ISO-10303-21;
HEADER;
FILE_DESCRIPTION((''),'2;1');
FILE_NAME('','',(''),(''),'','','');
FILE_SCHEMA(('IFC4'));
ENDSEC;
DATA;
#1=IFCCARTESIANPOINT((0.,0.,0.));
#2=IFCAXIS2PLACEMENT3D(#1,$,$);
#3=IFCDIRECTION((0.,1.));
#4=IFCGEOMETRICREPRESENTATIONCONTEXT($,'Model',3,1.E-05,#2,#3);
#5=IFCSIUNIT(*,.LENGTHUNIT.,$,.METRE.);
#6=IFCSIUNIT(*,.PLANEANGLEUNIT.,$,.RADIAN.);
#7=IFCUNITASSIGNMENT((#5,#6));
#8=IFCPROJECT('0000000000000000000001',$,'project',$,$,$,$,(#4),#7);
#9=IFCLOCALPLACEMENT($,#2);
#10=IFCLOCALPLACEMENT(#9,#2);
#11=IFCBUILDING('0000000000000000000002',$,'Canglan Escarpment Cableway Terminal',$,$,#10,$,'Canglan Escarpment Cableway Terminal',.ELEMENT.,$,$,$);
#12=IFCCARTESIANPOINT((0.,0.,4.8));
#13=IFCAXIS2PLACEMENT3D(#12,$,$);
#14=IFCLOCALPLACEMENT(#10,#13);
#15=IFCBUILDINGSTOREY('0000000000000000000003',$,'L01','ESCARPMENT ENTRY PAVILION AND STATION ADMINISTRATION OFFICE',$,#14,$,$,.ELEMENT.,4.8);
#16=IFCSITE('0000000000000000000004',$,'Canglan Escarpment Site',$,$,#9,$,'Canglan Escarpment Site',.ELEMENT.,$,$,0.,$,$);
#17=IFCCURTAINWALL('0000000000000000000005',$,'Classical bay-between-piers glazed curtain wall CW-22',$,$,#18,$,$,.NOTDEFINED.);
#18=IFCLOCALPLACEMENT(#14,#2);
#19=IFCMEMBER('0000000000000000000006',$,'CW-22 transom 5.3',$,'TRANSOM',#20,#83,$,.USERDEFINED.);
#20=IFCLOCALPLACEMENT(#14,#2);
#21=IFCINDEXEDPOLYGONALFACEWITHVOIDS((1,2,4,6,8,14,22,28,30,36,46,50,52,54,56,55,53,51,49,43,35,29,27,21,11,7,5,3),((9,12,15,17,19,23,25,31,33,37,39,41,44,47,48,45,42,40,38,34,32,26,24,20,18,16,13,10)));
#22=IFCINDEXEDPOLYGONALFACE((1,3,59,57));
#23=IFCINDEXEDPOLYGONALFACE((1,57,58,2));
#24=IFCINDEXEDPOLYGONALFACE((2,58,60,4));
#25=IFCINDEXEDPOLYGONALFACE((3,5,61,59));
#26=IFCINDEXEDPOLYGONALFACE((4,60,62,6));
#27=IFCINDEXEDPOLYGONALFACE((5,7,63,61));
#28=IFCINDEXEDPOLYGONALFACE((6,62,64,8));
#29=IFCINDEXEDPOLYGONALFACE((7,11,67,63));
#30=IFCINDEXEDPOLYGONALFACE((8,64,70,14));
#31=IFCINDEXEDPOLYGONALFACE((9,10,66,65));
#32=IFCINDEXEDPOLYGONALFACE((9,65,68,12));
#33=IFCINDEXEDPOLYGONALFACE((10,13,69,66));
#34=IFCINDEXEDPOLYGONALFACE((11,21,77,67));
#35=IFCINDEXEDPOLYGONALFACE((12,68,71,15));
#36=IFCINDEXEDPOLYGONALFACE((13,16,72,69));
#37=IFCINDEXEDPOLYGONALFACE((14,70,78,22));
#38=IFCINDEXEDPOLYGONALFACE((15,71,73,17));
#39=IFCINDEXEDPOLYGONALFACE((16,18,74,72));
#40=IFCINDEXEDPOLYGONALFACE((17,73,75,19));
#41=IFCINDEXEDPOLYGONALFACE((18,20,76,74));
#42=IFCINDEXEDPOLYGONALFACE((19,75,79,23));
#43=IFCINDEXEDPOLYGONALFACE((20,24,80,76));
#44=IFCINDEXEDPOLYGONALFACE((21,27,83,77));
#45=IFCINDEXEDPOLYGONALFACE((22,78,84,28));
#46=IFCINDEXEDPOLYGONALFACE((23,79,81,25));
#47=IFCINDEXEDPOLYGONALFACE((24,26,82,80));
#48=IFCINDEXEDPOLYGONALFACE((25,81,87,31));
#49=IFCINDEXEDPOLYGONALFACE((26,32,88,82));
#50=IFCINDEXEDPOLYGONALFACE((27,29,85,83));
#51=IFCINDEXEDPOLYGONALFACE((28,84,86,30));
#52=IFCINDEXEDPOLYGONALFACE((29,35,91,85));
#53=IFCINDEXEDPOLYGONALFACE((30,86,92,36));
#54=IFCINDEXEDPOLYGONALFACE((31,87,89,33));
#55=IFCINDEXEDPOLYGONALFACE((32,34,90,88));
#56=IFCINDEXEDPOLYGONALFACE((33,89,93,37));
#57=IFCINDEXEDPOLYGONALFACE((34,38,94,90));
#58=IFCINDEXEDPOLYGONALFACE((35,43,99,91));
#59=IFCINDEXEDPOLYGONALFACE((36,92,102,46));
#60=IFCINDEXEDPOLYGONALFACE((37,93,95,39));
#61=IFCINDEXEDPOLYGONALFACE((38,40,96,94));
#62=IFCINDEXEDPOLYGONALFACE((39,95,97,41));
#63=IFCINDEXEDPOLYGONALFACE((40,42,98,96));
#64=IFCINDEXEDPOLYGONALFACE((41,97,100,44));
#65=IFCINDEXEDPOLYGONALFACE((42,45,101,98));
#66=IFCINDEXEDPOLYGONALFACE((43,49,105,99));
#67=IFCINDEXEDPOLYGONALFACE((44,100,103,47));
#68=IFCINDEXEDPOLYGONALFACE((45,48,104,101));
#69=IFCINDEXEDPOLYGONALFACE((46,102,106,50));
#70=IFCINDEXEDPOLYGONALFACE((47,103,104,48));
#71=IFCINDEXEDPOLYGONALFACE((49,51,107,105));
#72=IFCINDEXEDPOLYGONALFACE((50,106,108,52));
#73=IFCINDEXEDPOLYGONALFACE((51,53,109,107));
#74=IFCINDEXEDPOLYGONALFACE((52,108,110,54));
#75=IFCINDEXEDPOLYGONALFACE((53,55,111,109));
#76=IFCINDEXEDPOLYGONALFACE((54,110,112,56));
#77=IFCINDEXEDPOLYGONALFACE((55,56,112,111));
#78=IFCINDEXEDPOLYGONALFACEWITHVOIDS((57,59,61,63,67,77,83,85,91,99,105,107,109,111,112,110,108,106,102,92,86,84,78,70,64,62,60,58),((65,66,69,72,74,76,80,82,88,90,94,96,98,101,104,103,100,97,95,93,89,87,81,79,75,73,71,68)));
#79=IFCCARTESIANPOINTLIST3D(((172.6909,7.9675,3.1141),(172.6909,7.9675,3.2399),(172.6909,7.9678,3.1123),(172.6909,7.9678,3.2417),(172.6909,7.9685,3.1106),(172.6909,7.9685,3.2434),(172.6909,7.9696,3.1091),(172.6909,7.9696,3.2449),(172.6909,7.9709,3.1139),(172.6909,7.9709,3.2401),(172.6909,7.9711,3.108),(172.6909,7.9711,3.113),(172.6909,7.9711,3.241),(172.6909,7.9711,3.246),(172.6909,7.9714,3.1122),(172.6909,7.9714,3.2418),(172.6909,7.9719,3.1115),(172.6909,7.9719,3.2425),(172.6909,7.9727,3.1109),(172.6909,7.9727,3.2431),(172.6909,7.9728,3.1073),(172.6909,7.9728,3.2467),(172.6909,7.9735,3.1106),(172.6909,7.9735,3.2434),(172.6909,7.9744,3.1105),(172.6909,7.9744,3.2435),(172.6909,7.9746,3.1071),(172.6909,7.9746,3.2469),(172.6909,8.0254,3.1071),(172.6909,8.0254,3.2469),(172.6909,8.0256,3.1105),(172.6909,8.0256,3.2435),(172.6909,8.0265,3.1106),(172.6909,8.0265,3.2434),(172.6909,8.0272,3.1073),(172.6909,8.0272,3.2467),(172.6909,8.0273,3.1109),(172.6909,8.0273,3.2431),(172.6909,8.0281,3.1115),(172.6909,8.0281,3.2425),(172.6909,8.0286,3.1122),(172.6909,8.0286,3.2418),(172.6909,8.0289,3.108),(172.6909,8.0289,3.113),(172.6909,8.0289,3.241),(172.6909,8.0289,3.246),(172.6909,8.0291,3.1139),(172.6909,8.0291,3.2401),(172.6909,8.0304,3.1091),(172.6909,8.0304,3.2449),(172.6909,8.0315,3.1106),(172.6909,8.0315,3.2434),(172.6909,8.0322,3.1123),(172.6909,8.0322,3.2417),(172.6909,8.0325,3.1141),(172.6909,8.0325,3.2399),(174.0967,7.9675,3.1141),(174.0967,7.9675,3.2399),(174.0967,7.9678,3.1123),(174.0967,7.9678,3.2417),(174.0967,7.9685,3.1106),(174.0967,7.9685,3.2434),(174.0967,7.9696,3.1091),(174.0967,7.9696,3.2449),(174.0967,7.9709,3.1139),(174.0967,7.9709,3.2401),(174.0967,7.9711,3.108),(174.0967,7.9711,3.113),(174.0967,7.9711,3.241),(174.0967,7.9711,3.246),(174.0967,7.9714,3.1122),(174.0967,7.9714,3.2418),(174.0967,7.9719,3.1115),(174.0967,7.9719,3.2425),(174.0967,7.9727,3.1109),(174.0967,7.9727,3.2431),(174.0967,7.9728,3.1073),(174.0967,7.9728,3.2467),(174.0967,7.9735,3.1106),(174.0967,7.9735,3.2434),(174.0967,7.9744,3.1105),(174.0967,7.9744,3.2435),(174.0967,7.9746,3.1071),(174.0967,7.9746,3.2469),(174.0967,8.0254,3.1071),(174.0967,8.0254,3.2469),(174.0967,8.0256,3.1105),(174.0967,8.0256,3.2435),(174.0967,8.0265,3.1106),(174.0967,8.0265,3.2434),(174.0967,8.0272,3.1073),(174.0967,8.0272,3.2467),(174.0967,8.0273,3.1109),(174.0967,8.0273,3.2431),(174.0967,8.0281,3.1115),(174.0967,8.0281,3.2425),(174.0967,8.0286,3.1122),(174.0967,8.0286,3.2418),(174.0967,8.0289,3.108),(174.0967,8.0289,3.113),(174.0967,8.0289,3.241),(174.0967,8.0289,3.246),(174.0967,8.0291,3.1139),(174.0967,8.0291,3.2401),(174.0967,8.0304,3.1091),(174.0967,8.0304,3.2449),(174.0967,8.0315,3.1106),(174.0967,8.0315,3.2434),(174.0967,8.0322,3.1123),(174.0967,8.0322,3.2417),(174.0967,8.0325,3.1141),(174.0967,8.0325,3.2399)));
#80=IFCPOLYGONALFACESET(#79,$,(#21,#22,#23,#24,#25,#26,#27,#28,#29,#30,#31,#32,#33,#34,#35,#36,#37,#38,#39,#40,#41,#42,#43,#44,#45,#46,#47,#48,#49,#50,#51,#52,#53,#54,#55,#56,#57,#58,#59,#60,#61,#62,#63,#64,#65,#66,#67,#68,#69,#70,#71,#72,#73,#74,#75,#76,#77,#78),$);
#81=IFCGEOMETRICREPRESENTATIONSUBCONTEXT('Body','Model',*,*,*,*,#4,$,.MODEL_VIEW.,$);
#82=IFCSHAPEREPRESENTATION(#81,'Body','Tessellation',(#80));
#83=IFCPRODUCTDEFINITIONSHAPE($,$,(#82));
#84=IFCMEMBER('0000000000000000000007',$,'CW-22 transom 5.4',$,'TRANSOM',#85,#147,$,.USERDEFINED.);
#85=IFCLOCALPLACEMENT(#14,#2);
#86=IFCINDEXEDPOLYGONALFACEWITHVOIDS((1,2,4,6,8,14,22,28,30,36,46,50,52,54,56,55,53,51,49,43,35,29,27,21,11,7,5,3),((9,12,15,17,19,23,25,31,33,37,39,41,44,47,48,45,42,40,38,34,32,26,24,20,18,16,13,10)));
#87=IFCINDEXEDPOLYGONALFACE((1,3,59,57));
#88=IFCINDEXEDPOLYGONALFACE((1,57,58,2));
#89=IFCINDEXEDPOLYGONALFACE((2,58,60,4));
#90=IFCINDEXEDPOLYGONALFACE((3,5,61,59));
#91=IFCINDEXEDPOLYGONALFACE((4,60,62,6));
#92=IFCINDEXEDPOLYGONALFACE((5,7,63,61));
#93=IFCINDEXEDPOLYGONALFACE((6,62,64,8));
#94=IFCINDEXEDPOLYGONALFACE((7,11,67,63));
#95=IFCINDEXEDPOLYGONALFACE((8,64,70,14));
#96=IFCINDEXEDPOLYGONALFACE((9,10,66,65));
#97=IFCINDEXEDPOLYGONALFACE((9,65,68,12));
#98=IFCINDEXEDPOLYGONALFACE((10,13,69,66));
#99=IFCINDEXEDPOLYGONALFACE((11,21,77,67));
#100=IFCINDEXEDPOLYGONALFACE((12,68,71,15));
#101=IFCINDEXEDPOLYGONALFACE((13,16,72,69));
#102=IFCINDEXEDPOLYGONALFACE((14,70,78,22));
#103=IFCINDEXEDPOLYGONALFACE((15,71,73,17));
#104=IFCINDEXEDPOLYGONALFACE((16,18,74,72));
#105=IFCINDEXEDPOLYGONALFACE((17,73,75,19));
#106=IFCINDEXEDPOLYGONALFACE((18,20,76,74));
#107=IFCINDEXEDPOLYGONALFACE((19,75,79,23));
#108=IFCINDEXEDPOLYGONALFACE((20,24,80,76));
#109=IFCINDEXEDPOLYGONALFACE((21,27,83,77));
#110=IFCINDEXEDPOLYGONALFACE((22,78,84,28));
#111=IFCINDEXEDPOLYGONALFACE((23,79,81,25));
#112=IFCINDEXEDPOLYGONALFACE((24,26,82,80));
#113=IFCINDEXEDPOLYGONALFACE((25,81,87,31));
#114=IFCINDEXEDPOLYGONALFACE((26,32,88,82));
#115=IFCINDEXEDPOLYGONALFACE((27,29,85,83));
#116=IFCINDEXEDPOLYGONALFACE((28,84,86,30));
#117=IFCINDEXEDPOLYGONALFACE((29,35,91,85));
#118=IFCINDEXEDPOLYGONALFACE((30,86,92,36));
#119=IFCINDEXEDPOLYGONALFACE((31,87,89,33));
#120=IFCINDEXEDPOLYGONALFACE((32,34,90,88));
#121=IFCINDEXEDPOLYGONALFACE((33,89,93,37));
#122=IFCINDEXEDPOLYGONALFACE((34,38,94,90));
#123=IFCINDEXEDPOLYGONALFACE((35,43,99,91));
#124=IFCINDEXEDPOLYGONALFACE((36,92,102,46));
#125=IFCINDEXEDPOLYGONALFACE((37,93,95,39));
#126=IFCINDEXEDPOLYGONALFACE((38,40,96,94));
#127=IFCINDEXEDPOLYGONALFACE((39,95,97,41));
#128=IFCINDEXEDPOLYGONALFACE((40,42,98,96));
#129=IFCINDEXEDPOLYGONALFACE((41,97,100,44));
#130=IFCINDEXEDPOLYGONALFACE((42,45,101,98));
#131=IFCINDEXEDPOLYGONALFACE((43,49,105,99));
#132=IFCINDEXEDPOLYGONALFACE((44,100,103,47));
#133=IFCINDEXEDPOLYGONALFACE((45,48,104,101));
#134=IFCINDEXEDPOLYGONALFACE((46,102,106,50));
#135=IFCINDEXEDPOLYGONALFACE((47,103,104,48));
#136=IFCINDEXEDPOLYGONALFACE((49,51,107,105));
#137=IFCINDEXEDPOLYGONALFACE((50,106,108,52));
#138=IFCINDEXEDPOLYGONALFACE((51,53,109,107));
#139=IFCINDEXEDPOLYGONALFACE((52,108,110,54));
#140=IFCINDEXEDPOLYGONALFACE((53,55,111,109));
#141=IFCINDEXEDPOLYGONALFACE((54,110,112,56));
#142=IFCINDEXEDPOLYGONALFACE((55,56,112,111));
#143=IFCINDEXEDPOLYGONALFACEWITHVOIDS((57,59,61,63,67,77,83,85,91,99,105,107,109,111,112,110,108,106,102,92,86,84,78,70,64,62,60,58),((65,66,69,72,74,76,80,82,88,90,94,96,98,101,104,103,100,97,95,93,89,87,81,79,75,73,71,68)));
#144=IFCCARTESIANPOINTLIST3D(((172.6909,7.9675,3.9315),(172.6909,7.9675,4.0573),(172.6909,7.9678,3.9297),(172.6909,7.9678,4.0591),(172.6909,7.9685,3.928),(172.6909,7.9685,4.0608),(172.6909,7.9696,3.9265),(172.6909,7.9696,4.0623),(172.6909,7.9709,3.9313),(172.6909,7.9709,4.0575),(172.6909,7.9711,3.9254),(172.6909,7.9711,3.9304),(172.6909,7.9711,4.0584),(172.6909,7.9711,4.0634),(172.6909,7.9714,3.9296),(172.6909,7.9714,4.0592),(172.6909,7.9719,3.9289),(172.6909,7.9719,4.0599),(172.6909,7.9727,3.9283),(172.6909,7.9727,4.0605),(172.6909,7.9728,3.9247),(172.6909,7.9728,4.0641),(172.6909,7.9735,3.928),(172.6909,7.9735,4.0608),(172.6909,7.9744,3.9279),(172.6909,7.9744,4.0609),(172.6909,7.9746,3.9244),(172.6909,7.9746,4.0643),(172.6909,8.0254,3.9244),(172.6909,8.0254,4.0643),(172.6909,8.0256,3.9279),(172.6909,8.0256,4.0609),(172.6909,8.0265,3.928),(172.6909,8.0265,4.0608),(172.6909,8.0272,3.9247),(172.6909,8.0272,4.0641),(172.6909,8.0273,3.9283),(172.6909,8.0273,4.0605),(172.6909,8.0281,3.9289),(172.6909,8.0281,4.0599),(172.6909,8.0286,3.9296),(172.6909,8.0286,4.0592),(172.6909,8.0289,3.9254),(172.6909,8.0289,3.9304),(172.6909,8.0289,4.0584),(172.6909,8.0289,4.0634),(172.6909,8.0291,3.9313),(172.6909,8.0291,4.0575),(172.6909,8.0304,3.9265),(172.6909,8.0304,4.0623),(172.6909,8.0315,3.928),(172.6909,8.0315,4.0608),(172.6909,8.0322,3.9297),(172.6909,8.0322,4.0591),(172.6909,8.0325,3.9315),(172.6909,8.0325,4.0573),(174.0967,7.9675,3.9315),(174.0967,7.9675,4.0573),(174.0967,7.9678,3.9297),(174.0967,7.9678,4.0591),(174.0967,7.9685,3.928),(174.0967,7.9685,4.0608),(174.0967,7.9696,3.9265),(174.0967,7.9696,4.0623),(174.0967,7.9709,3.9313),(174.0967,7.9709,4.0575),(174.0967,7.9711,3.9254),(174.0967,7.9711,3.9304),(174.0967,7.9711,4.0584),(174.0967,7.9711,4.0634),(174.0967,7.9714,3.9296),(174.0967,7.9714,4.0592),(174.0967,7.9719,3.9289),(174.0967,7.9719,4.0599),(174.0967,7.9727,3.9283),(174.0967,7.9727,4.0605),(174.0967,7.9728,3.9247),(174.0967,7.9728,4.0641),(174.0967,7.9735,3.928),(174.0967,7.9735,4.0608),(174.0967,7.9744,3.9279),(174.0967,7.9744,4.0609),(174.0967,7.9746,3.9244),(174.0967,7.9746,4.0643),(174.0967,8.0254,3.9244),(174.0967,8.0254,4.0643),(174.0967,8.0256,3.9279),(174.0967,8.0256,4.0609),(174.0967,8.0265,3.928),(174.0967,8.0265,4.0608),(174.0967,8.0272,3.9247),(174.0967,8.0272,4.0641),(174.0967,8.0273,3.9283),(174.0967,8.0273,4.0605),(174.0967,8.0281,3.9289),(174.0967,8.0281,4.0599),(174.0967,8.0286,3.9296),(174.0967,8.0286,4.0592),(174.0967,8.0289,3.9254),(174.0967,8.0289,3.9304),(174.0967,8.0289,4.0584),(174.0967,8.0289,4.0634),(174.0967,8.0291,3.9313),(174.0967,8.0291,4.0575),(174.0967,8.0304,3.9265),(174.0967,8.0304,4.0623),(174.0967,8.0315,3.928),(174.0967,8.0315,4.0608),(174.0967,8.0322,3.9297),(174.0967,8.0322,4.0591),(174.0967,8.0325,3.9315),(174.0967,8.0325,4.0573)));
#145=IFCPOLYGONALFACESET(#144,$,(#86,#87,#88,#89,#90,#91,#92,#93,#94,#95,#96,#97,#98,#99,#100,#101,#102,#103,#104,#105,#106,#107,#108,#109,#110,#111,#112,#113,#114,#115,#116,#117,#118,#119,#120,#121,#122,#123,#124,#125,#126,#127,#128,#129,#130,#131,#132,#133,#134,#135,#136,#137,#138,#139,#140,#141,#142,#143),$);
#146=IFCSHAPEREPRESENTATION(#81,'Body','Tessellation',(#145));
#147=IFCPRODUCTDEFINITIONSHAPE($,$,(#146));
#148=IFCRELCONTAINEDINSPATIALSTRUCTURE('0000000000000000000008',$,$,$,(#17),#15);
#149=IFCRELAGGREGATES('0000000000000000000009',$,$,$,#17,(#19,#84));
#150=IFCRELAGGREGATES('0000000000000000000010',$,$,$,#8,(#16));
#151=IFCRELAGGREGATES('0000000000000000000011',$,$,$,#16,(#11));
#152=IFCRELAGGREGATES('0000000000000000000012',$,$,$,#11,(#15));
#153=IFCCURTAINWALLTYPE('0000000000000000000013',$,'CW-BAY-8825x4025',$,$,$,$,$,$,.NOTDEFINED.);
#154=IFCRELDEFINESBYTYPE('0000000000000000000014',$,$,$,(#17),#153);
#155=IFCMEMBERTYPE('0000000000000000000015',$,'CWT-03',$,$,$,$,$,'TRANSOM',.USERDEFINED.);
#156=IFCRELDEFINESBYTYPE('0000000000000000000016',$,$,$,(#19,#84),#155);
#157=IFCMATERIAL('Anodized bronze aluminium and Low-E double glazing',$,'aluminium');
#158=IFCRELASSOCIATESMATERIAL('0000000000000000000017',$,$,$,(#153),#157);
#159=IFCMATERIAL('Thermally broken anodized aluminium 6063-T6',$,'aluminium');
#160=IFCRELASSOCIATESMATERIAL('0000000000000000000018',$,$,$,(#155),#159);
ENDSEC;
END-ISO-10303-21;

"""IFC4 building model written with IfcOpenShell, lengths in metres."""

from ifc_helpers import new_model, si_unit, direction, frame, origin, origin_2d, place, context, subcontext, project, spatial, hollow_rectangle, extrude, material, material_profile, profile_set, type_object, element, aggregate, save


model = new_model("IFC4")

# Units and contexts
model_context = context("Model", 3, precision=1e-05, world=origin(), true_north=direction((0.0, 1.0)))
body_context = subcontext(model_context, "Body", "Model", "MODEL_VIEW")
ifc_project = project(units=[si_unit("LENGTHUNIT", "METRE"), si_unit("PLANEANGLEUNIT", "RADIAN")], contexts=[model_context])

# Site, building, storey
site_placement = place(None, origin())
site = spatial("IfcSite", under=ifc_project, at=site_placement, Name="Canglan Escarpment Site", LongName="Canglan Escarpment Site", CompositionType="ELEMENT", RefElevation=0.0)
building_placement = place(site_placement, origin())
building = spatial("IfcBuilding", under=site, at=building_placement, Name="Canglan Escarpment Cableway Terminal", LongName="Canglan Escarpment Cableway Terminal", CompositionType="ELEMENT")
storey_placement = place(building_placement, frame((0.0, 0.0, 4.8)))
storey = spatial("IfcBuildingStorey", under=building, at=storey_placement, Name="L01", Description="ESCARPMENT ENTRY PAVILION AND STATION ADMINISTRATION OFFICE", CompositionType="ELEMENT", Elevation=4.8)

# Curtain wall, members
ifc_material_1 = material(Name="Anodized bronze aluminium and Low-E double glazing", Category="aluminium")
curtain_wall_type = type_object("IfcCurtainWallType", Name="CW-BAY-8825x4025", PredefinedType="NOTDEFINED", material=ifc_material_1)
curtain_wall_placement = place(storey_placement, origin())
curtain_wall = element("IfcCurtainWall", 1, at=curtain_wall_placement, inside=storey, type_object=curtain_wall_type, Name="Classical bay-between-piers glazed curtain wall CW-22", PredefinedType="NOTDEFINED")
ifc_material_2 = material(Name="Thermally broken anodized aluminium 6063-T6", Category="aluminium")
ifc_material_profile_1 = material_profile(ifc_material_2, hollow_rectangle(XDim=0.0649, YDim=0.1399, WallThickness=0.0034, InnerFilletRadius=0.0034, OuterFilletRadius=0.0071, at=origin_2d()), Name="ALU-TRAN 65x140x3.5")
ifc_profile_set_1 = profile_set([ifc_material_profile_1], Name="Thermally broken anodized aluminium 6063-T6")
member_type_1 = type_object("IfcMemberType", Name="CWT-03", ElementType="TRANSOM", PredefinedType="USERDEFINED", material=ifc_profile_set_1)
member_1_placement = place(storey_placement, frame((172.6909, 8.0, 3.177), z_axis=(1.0, 0.0, 0.0), x_axis=(0.0, 1.0, 0.0)))
member_1 = element("IfcMember", 2, at=member_1_placement, type_object=member_type_1, Name="CW-22 transom 5.3", ObjectType="TRANSOM", PredefinedType="USERDEFINED", context=body_context, shape_type="SweptSolid", body=[
    extrude(hollow_rectangle(XDim=0.0649, YDim=0.1399, WallThickness=0.0034, InnerFilletRadius=0.0034, OuterFilletRadius=0.0071, at=origin_2d()), origin(), (0.0, 0.0, 1.0), 1.4058),
])
member_2_placement = place(storey_placement, frame((172.6909, 8.0, 3.9944), z_axis=(1.0, 0.0, 0.0), x_axis=(0.0, 1.0, 0.0)))
member_2 = element("IfcMember", 3, at=member_2_placement, type_object=member_type_1, Name="CW-22 transom 5.4", ObjectType="TRANSOM", PredefinedType="USERDEFINED", context=body_context, shape_type="SweptSolid", body=[
    extrude(hollow_rectangle(XDim=0.0649, YDim=0.1399, WallThickness=0.0034, InnerFilletRadius=0.0034, OuterFilletRadius=0.0071, at=origin_2d()), origin(), (0.0, 0.0, 1.0), 1.4058),
])
aggregate(curtain_wall, [member_1, member_2])

save(model, "model.ifc")
